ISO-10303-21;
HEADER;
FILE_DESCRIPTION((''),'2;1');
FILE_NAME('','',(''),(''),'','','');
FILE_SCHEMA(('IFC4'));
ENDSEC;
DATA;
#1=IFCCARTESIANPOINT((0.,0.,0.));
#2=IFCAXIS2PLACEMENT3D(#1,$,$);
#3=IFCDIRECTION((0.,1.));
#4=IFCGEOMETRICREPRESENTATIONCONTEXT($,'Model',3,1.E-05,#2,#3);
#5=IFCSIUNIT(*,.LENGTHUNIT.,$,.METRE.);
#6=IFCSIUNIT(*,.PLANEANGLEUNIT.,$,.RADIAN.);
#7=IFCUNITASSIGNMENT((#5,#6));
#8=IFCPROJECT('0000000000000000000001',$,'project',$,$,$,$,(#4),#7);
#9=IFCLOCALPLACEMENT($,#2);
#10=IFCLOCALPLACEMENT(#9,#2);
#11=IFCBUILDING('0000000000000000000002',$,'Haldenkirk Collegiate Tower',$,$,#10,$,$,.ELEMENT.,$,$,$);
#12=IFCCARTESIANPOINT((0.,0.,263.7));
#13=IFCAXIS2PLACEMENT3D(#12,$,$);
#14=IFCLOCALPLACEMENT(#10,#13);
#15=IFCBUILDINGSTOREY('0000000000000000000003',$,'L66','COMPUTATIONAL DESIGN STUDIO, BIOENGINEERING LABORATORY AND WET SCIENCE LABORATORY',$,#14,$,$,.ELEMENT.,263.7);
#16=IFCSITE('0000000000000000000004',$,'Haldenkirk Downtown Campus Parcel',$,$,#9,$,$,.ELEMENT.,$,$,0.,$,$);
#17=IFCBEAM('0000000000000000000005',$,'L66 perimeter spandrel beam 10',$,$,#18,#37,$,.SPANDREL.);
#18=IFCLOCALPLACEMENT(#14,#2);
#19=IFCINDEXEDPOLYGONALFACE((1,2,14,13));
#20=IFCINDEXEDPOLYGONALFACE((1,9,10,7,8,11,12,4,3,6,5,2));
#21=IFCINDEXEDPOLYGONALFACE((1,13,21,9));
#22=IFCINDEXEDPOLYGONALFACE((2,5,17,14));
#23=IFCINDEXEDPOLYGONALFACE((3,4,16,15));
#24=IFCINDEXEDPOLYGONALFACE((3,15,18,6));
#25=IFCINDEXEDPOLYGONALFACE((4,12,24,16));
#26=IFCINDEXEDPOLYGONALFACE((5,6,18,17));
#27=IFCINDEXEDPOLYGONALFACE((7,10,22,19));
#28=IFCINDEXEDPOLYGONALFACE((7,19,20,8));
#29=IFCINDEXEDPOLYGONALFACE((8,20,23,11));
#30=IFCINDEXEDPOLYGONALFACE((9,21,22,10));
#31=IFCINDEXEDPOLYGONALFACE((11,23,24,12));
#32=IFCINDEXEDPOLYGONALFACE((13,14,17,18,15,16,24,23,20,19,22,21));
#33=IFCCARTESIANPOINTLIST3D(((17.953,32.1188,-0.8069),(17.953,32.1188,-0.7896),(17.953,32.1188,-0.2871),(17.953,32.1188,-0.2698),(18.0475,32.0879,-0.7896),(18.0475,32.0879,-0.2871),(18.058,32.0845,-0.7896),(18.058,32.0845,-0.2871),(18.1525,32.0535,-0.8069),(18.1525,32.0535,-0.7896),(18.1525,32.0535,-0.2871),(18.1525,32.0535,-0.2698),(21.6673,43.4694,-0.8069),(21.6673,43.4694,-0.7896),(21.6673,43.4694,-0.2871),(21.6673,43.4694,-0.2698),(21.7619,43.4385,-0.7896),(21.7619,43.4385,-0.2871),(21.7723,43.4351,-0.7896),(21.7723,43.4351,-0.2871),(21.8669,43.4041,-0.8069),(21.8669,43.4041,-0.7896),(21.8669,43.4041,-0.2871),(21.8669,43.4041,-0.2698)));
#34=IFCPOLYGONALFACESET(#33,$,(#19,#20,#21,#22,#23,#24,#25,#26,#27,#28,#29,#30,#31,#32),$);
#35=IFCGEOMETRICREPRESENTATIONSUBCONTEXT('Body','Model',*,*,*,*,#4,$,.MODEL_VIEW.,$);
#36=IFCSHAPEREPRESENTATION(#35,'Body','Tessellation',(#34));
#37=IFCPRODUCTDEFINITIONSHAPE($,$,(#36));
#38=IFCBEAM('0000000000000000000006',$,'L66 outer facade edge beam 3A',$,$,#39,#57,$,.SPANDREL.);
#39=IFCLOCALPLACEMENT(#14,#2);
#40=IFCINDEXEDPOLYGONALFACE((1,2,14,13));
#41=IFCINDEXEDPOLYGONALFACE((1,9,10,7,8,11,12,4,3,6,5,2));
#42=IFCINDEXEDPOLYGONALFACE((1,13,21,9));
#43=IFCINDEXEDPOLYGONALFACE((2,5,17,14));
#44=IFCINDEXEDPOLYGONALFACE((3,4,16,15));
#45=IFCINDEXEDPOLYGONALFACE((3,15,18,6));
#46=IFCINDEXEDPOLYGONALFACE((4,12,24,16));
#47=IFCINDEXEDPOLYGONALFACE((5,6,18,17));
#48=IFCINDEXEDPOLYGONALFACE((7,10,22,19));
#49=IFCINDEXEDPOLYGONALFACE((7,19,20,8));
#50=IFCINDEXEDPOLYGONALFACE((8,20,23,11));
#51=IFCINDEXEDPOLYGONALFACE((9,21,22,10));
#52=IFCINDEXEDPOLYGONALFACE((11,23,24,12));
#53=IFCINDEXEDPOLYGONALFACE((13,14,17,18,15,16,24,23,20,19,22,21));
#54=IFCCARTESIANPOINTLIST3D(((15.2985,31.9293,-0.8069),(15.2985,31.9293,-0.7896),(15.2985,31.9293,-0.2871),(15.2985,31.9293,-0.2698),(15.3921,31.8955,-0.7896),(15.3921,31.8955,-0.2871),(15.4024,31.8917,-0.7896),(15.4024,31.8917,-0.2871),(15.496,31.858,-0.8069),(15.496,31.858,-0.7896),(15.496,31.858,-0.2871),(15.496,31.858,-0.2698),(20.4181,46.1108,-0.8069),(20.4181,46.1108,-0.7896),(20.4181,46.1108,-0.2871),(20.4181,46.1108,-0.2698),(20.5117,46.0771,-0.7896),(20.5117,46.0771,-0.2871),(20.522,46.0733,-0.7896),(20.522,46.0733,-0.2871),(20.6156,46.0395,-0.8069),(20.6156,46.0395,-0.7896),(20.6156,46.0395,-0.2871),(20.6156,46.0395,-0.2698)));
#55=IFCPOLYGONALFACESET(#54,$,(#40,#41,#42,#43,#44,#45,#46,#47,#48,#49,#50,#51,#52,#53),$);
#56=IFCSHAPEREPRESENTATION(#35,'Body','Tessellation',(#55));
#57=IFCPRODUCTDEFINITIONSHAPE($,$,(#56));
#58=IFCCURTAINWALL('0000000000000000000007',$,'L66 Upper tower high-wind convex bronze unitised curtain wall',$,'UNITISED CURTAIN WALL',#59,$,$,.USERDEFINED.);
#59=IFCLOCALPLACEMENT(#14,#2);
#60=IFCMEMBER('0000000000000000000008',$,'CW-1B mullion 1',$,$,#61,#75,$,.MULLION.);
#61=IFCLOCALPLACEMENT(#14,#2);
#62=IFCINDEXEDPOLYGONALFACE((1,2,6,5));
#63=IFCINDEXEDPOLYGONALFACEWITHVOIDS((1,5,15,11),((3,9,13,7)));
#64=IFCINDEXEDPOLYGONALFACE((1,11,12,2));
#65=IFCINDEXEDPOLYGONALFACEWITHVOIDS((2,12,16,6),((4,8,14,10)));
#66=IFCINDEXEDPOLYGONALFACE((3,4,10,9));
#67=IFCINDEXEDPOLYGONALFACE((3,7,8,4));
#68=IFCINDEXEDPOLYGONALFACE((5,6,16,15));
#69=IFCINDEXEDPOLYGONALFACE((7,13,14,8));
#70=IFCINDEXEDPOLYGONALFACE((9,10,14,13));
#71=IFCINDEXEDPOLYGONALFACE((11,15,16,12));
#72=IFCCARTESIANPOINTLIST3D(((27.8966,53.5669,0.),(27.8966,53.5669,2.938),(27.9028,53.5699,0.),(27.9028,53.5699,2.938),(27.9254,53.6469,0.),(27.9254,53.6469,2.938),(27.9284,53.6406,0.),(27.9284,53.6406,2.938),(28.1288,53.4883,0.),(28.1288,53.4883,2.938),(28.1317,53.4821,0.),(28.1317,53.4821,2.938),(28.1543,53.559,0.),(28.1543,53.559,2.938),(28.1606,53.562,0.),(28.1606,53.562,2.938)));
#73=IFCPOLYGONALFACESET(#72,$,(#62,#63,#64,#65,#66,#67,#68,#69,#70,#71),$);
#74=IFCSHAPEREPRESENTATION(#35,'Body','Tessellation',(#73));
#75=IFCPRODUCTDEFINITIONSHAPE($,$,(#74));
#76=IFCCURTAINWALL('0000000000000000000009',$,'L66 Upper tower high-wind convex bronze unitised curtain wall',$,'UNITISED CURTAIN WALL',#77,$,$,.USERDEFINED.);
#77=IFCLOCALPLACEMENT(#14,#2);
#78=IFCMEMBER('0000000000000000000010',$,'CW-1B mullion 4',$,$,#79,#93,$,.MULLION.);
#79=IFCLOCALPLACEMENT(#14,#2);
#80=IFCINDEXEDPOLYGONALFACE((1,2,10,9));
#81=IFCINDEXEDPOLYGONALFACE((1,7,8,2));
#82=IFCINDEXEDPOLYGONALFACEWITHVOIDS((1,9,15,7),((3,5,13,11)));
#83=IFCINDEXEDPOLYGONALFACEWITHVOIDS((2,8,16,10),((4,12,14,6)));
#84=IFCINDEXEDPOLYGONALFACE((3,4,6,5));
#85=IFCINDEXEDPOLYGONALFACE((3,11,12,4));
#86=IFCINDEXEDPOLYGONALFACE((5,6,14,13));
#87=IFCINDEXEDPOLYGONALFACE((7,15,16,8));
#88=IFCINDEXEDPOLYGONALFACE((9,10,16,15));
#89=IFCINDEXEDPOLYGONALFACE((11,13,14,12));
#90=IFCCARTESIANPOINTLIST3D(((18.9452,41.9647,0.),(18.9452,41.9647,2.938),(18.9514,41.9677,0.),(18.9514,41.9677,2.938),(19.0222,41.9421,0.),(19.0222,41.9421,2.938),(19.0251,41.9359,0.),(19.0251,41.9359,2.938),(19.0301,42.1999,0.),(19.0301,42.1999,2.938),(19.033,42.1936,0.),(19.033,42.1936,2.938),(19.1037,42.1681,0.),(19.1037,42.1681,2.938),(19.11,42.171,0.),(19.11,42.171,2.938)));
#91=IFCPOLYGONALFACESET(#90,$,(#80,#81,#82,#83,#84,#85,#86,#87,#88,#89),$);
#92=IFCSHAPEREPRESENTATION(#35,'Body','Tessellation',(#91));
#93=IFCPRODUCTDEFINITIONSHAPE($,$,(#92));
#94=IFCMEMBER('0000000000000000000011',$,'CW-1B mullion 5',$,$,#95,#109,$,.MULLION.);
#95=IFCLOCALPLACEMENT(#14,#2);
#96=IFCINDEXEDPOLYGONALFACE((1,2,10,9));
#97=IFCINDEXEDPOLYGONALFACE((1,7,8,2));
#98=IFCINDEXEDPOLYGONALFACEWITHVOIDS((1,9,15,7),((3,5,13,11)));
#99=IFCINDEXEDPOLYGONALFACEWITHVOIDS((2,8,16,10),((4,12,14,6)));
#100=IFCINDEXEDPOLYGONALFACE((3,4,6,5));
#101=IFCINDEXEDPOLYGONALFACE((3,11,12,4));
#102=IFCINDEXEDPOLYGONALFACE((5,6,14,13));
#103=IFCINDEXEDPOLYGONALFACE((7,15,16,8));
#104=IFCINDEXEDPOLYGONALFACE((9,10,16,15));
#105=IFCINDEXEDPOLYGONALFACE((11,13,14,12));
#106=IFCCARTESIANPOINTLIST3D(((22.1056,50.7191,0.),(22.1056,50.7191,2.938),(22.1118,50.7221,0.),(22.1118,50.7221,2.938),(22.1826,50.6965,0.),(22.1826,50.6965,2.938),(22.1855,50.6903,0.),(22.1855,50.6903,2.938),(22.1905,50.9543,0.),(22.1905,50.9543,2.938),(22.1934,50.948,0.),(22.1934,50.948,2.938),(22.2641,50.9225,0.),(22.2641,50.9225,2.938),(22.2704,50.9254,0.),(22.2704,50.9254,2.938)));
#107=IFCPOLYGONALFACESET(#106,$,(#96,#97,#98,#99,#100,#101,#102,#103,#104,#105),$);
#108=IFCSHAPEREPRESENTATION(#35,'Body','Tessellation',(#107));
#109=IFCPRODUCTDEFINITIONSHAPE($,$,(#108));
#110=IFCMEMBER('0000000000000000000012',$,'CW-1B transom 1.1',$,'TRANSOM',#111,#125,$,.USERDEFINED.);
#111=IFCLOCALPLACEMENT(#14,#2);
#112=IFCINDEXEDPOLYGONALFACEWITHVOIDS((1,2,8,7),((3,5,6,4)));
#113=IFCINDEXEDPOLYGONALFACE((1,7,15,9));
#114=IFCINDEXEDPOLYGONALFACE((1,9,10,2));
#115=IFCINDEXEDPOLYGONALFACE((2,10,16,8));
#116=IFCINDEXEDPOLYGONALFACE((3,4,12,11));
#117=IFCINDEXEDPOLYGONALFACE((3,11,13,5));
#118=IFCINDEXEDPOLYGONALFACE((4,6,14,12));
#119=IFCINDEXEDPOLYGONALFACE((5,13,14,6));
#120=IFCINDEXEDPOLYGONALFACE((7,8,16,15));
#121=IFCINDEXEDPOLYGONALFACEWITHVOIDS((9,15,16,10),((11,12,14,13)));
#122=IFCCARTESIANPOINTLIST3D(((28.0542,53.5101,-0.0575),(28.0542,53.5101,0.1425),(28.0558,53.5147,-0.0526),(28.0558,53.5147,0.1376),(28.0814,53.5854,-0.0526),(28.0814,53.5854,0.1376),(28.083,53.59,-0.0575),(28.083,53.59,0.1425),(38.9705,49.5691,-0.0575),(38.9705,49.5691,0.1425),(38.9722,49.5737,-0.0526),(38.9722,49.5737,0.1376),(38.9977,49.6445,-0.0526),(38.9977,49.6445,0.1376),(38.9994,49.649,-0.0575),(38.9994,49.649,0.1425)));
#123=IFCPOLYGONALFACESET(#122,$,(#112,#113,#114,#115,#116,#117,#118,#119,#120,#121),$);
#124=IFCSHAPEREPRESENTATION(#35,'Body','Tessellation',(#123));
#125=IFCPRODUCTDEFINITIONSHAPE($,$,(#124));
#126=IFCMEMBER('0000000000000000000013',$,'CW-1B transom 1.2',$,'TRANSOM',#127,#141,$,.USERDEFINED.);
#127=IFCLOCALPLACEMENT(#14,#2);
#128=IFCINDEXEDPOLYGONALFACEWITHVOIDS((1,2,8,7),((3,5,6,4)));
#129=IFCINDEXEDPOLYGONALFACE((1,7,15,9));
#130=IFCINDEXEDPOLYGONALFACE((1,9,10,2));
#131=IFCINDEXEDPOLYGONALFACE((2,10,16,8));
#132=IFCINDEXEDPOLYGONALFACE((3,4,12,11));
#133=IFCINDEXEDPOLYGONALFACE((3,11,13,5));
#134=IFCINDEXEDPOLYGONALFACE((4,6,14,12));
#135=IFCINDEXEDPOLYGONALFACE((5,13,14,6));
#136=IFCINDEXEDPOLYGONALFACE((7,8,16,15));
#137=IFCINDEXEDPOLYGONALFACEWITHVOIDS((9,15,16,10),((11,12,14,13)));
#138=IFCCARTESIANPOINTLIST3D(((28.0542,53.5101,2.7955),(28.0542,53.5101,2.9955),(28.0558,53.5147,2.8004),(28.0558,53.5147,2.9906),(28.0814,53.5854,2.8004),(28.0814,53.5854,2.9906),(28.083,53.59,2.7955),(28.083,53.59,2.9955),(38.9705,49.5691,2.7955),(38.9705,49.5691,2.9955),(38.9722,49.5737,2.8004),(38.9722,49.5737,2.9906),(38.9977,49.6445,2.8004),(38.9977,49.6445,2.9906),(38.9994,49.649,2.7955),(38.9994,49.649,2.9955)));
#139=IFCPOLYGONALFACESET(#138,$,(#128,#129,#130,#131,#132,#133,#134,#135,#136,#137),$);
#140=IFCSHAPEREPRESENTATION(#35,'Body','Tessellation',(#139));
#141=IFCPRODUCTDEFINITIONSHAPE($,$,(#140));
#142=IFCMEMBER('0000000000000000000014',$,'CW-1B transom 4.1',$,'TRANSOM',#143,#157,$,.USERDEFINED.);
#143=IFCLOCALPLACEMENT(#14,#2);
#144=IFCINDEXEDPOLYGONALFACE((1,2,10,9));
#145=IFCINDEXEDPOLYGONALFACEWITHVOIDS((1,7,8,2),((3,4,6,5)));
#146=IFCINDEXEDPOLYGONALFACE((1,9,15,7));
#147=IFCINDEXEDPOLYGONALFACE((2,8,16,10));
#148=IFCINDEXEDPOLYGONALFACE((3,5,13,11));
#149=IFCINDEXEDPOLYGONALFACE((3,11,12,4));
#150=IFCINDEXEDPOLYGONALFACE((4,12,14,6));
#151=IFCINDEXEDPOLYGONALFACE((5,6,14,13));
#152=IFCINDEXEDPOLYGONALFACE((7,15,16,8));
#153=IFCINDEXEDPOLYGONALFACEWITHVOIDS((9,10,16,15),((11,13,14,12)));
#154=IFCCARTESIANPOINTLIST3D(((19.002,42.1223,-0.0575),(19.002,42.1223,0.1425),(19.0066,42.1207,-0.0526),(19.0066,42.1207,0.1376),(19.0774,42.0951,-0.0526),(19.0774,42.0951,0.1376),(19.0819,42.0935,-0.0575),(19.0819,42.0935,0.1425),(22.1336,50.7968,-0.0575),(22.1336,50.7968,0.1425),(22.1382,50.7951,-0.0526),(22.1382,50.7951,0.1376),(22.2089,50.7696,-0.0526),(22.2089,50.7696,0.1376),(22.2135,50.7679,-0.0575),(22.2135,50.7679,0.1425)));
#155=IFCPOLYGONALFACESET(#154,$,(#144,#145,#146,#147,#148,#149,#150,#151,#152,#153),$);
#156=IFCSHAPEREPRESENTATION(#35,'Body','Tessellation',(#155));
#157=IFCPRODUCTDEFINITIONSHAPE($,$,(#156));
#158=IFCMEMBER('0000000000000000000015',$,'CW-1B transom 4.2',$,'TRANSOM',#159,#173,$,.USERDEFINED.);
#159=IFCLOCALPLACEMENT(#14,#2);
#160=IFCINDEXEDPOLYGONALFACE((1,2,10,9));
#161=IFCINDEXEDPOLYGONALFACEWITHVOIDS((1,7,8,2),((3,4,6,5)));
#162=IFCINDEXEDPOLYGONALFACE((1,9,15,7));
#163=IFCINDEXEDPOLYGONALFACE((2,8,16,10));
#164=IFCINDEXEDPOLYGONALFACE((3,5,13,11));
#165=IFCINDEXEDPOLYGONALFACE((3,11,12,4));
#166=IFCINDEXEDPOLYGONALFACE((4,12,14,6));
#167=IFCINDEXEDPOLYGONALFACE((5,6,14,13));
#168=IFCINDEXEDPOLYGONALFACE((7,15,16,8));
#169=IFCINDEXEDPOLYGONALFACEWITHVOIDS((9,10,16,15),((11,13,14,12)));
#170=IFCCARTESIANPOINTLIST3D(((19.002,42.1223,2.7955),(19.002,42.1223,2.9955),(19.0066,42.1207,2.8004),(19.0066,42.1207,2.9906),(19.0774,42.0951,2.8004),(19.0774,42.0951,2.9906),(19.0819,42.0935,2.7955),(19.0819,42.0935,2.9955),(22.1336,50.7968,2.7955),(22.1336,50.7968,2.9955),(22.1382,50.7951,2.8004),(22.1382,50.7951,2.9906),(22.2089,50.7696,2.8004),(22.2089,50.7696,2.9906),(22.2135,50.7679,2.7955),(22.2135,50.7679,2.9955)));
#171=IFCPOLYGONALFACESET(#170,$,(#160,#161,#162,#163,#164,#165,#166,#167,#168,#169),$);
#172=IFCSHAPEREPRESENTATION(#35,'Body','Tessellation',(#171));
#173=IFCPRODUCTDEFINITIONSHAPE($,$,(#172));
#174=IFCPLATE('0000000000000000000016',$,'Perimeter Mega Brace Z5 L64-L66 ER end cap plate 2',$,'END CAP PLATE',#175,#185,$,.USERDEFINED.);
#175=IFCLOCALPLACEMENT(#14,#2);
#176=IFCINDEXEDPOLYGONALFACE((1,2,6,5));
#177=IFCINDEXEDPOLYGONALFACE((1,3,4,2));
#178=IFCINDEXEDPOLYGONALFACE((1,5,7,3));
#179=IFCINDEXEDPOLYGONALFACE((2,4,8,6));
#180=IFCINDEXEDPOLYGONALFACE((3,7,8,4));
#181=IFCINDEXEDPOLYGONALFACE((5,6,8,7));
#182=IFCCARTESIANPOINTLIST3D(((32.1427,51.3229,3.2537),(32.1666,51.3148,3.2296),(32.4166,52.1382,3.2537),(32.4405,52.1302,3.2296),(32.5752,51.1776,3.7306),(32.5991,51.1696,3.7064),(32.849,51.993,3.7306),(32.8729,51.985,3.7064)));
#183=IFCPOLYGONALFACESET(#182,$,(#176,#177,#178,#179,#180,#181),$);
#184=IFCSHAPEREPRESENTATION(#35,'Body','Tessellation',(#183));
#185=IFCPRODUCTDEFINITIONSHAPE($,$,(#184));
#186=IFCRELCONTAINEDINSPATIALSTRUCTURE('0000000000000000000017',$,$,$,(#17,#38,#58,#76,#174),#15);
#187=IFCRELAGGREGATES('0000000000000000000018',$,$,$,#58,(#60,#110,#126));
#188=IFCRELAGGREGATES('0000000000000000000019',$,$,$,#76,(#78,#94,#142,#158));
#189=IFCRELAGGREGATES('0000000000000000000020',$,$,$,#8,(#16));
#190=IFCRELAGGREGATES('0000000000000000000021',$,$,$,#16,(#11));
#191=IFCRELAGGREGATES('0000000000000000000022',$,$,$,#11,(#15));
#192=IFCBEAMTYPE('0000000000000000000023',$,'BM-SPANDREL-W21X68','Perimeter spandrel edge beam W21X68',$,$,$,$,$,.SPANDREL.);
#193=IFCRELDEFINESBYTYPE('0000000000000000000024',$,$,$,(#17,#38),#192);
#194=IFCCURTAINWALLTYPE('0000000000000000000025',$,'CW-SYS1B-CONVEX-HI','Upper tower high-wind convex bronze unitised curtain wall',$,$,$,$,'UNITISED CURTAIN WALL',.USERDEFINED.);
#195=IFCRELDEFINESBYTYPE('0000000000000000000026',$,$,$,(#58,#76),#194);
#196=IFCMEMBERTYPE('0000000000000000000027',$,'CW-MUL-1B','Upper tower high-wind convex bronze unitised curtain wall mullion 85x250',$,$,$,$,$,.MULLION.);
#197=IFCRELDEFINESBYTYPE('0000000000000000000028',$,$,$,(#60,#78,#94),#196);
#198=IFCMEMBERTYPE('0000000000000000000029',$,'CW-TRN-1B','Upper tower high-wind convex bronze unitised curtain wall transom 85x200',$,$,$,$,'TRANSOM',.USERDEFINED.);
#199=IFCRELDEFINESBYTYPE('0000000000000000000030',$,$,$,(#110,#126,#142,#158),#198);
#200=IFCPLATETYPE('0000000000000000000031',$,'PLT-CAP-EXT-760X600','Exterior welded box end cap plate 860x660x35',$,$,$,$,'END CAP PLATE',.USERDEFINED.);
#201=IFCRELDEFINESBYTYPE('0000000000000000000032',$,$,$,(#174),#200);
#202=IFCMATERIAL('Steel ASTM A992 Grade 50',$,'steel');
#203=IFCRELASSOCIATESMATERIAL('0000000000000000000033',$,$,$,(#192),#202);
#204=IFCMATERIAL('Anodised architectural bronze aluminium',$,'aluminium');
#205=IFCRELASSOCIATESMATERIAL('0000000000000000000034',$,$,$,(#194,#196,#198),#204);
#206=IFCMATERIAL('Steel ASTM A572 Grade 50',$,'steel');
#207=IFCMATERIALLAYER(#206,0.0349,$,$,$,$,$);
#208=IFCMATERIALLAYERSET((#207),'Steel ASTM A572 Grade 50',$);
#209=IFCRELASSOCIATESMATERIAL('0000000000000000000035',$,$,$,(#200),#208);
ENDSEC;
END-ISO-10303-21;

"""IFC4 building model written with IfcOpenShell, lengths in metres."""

from ifc_helpers import new_model, si_unit, direction, frame, origin, origin_2d, place, context, subcontext, project, spatial, rectangle, hollow_rectangle, i_section, extrude, source, transform, mapped, material, layer, layer_set, material_profile, profile_set, type_object, element, aggregate, save


model = new_model("IFC4")

# Units and contexts
model_context = context("Model", 3, precision=1e-05, world=origin(), true_north=direction((0.0, 1.0)))
body_context = subcontext(model_context, "Body", "Model", "MODEL_VIEW")
ifc_project = project(units=[si_unit("LENGTHUNIT", "METRE"), si_unit("PLANEANGLEUNIT", "RADIAN")], contexts=[model_context])

# Site, building, storey
site_placement = place(None, origin())
site = spatial("IfcSite", under=ifc_project, at=site_placement, Name="Haldenkirk Downtown Campus Parcel", CompositionType="ELEMENT", RefElevation=0.0)
building_placement = place(site_placement, origin())
building = spatial("IfcBuilding", under=site, at=building_placement, Name="Haldenkirk Collegiate Tower", CompositionType="ELEMENT")
storey_placement = place(building_placement, frame((0.0, 0.0, 263.7)))
storey = spatial("IfcBuildingStorey", under=building, at=storey_placement, Name="L66", Description="COMPUTATIONAL DESIGN STUDIO, BIOENGINEERING LABORATORY AND WET SCIENCE LABORATORY", CompositionType="ELEMENT", Elevation=263.7)

# Shared definitions
ifc_material_1 = material(Name="Steel ASTM A572 Grade 50", Category="steel")

# Beams
ifc_material_2 = material(Name="Steel ASTM A992 Grade 50", Category="steel")
ifc_material_profile_1 = material_profile(ifc_material_2, i_section(OverallWidth=0.21, OverallDepth=0.5371, WebThickness=0.011, FlangeThickness=0.0173, at=origin_2d()), Name="W21X68")
ifc_profile_set_1 = profile_set([ifc_material_profile_1], Name="Steel ASTM A992 Grade 50")
beam_type_1 = type_object("IfcBeamType", Name="BM-SPANDREL-W21X68", Description="Perimeter spandrel edge beam W21X68", PredefinedType="SPANDREL", material=ifc_profile_set_1)
beam_1_placement = place(storey_placement, frame((21.7671, 43.4368, -0.5383), z_axis=(-0.31101, -0.950407, 0.0), x_axis=(0.950407, -0.31101, 0.0)))
element("IfcBeam", 1, at=beam_1_placement, inside=storey, type_object=beam_type_1, Name="L66 perimeter spandrel beam 10", PredefinedType="SPANDREL", context=body_context, shape_type="SweptSolid", body=[
    extrude(i_section(OverallWidth=0.21, OverallDepth=0.5371, WebThickness=0.011, FlangeThickness=0.0173, at=origin_2d()), origin(), (0.0, 0.0, 1.0), 11.9429),
])
beam_2_placement = place(storey_placement, frame((20.5168, 46.0752, -0.5383), z_axis=(-0.339555, -0.940586, 0.0), x_axis=(0.940586, -0.339555, 0.0)))
element("IfcBeam", 2, at=beam_2_placement, inside=storey, type_object=beam_type_1, Name="L66 outer facade edge beam 3A", PredefinedType="SPANDREL", context=body_context, shape_type="SweptSolid", body=[
    extrude(i_section(OverallWidth=0.21, OverallDepth=0.5371, WebThickness=0.011, FlangeThickness=0.0173, at=origin_2d()), origin(), (0.0, 0.0, 1.0), 15.0774),
])

# Curtain wall, member
ifc_material_3 = material(Name="Anodised architectural bronze aluminium", Category="aluminium")
curtain_wall_type = type_object("IfcCurtainWallType", Name="CW-SYS1B-CONVEX-HI", Description="Upper tower high-wind convex bronze unitised curtain wall", ElementType="UNITISED CURTAIN WALL", PredefinedType="USERDEFINED", material=ifc_material_3)
curtain_wall_1_placement = place(storey_placement, origin())
curtain_wall_1 = element("IfcCurtainWall", 3, at=curtain_wall_1_placement, inside=storey, type_object=curtain_wall_type, Name="L66 Upper tower high-wind convex bronze unitised curtain wall", ObjectType="UNITISED CURTAIN WALL", PredefinedType="USERDEFINED")
ifc_material_profile_2 = material_profile(ifc_material_3, hollow_rectangle(XDim=0.085, YDim=0.25, WallThickness=0.0049, at=origin_2d()), Name="CW-MUL-1B")
ifc_profile_set_2 = profile_set([ifc_material_profile_2], Name="Anodised architectural bronze aluminium")
member_type_1 = type_object("IfcMemberType", Name="CW-MUL-1B", Description="Upper tower high-wind convex bronze unitised curtain wall mullion 85x250", PredefinedType="MULLION", material=ifc_profile_set_2)
member_1_placement = place(storey_placement, frame((28.0286, 53.5645, 0.0), z_axis=(0.0, 0.0, 1.0), x_axis=(0.339557, 0.940586, 0.0)))
member_1 = element("IfcMember", 4, at=member_1_placement, type_object=member_type_1, Name="CW-1B mullion 1", PredefinedType="MULLION", context=body_context, shape_type="SweptSolid", body=[
    extrude(hollow_rectangle(XDim=0.085, YDim=0.25, WallThickness=0.0049, at=origin_2d()), origin(), (0.0, 0.0, 1.0), 2.938),
])

# Curtain wall, members
curtain_wall_2_placement = place(storey_placement, origin())
curtain_wall_2 = element("IfcCurtainWall", 5, at=curtain_wall_2_placement, inside=storey, type_object=curtain_wall_type, Name="L66 Upper tower high-wind convex bronze unitised curtain wall", ObjectType="UNITISED CURTAIN WALL", PredefinedType="USERDEFINED")
member_2_placement = place(storey_placement, frame((19.0276, 42.0679, 0.0), z_axis=(0.0, 0.0, 1.0), x_axis=(-0.940585, 0.339559, 0.0)))
member_2 = element("IfcMember", 6, at=member_2_placement, type_object=member_type_1, Name="CW-1B mullion 4", PredefinedType="MULLION", context=body_context, shape_type="SweptSolid", body=[
    extrude(hollow_rectangle(XDim=0.085, YDim=0.25, WallThickness=0.0049, at=origin_2d()), origin(), (0.0, 0.0, 1.0), 2.938),
])
member_3_placement = place(storey_placement, frame((22.188, 50.8223, 0.0), z_axis=(0.0, 0.0, 1.0), x_axis=(-0.940585, 0.339559, 0.0)))
member_3 = element("IfcMember", 7, at=member_3_placement, type_object=member_type_1, Name="CW-1B mullion 5", PredefinedType="MULLION", context=body_context, shape_type="SweptSolid", body=[
    extrude(hollow_rectangle(XDim=0.085, YDim=0.25, WallThickness=0.0049, at=origin_2d()), origin(), (0.0, 0.0, 1.0), 2.938),
])

# Members
ifc_material_profile_3 = material_profile(ifc_material_3, hollow_rectangle(XDim=0.085, YDim=0.2, WallThickness=0.0049, at=origin_2d()), Name="CW-TRN-1B")
ifc_profile_set_3 = profile_set([ifc_material_profile_3], Name="Anodised architectural bronze aluminium")
member_type_2 = type_object("IfcMemberType", Name="CW-TRN-1B", Description="Upper tower high-wind convex bronze unitised curtain wall transom 85x200", ElementType="TRANSOM", PredefinedType="USERDEFINED", material=ifc_profile_set_3)
member_4_placement = place(storey_placement, frame((28.0686, 53.55, 0.0425), z_axis=(0.940583, -0.339563, 0.0), x_axis=(0.339563, 0.940583, 0.0)))
member_4 = element("IfcMember", 8, at=member_4_placement, type_object=member_type_2, Name="CW-1B transom 1.1", ObjectType="TRANSOM", PredefinedType="USERDEFINED", context=body_context, shape_type="SweptSolid", body=[
    extrude(hollow_rectangle(XDim=0.085, YDim=0.2, WallThickness=0.0049, at=origin_2d()), origin(), (0.0, 0.0, 1.0), 11.606),
])
member_5_placement = place(storey_placement, frame((28.0686, 53.55, 2.8955), z_axis=(0.940583, -0.339563, 0.0), x_axis=(0.339563, 0.940583, 0.0)))
member_5 = element("IfcMember", 9, at=member_5_placement, type_object=member_type_2, Name="CW-1B transom 1.2", ObjectType="TRANSOM", PredefinedType="USERDEFINED", context=body_context, shape_type="SweptSolid", body=[
    extrude(hollow_rectangle(XDim=0.085, YDim=0.2, WallThickness=0.0049, at=origin_2d()), origin(), (0.0, 0.0, 1.0), 11.606),
])
member_6_placement = place(storey_placement, frame((19.042, 42.1079, 0.0425), z_axis=(0.339559, 0.940585, 0.0), x_axis=(-0.940585, 0.339559, 0.0)))
member_6 = element("IfcMember", 10, at=member_6_placement, type_object=member_type_2, Name="CW-1B transom 4.1", ObjectType="TRANSOM", PredefinedType="USERDEFINED", context=body_context, shape_type="SweptSolid", body=[
    extrude(hollow_rectangle(XDim=0.085, YDim=0.2, WallThickness=0.0049, at=origin_2d()), origin(), (0.0, 0.0, 1.0), 9.2224),
])
member_7_placement = place(storey_placement, frame((19.042, 42.1079, 2.8955), z_axis=(0.339559, 0.940585, 0.0), x_axis=(-0.940585, 0.339559, 0.0)))
member_7 = element("IfcMember", 11, at=member_7_placement, type_object=member_type_2, Name="CW-1B transom 4.2", ObjectType="TRANSOM", PredefinedType="USERDEFINED", context=body_context, shape_type="SweptSolid", body=[
    extrude(hollow_rectangle(XDim=0.085, YDim=0.2, WallThickness=0.0049, at=origin_2d()), origin(), (0.0, 0.0, 1.0), 9.2224),
])

# Plate
ifc_layer_1 = layer(ifc_material_1, 0.0349)
ifc_layer_set_1 = layer_set([ifc_layer_1], Name="Steel ASTM A572 Grade 50")
plate_type_1 = type_object("IfcPlateType", Name="PLT-CAP-EXT-760X600", Description="Exterior welded box end cap plate 860x660x35", ElementType="END CAP PLATE", PredefinedType="USERDEFINED", material=ifc_layer_set_1)
shared_shape_1 = source(origin(), body_context, "Body", "SweptSolid", [
    extrude(rectangle(XDim=0.8601, YDim=0.6599, at=origin_2d()), origin(), (0.0, 0.0, 1.0), 0.0349),
])
for number, where, z_axis, x_axis, name in (
    (12, (32.5198, 51.6499, 3.468), (-0.685, 0.230054, 0.691267), (-0.31837, -0.947967, 0.0), "Perimeter Mega Brace Z5 L64-L66 ER end cap plate 2"),
):
    element("IfcPlate", number, at=place(storey_placement, frame(where, z_axis=z_axis, x_axis=x_axis)), inside=storey, type_object=plate_type_1, Name=name, ObjectType="END CAP PLATE", PredefinedType="USERDEFINED", context=body_context, shape_type="MappedRepresentation", body=[
        mapped(shared_shape_1, transform((0.0, 0.0, 0.0), x_axis=(1.0, 0.0, 0.0), y_axis=(0.0, 1.0, 0.0), z_axis=(0.0, 0.0, 1.0), scale=1.0)),
    ])

aggregate(curtain_wall_1, [member_1, member_4, member_5])
aggregate(curtain_wall_2, [member_2, member_3, member_6, member_7])

save(model, "model.ifc")
